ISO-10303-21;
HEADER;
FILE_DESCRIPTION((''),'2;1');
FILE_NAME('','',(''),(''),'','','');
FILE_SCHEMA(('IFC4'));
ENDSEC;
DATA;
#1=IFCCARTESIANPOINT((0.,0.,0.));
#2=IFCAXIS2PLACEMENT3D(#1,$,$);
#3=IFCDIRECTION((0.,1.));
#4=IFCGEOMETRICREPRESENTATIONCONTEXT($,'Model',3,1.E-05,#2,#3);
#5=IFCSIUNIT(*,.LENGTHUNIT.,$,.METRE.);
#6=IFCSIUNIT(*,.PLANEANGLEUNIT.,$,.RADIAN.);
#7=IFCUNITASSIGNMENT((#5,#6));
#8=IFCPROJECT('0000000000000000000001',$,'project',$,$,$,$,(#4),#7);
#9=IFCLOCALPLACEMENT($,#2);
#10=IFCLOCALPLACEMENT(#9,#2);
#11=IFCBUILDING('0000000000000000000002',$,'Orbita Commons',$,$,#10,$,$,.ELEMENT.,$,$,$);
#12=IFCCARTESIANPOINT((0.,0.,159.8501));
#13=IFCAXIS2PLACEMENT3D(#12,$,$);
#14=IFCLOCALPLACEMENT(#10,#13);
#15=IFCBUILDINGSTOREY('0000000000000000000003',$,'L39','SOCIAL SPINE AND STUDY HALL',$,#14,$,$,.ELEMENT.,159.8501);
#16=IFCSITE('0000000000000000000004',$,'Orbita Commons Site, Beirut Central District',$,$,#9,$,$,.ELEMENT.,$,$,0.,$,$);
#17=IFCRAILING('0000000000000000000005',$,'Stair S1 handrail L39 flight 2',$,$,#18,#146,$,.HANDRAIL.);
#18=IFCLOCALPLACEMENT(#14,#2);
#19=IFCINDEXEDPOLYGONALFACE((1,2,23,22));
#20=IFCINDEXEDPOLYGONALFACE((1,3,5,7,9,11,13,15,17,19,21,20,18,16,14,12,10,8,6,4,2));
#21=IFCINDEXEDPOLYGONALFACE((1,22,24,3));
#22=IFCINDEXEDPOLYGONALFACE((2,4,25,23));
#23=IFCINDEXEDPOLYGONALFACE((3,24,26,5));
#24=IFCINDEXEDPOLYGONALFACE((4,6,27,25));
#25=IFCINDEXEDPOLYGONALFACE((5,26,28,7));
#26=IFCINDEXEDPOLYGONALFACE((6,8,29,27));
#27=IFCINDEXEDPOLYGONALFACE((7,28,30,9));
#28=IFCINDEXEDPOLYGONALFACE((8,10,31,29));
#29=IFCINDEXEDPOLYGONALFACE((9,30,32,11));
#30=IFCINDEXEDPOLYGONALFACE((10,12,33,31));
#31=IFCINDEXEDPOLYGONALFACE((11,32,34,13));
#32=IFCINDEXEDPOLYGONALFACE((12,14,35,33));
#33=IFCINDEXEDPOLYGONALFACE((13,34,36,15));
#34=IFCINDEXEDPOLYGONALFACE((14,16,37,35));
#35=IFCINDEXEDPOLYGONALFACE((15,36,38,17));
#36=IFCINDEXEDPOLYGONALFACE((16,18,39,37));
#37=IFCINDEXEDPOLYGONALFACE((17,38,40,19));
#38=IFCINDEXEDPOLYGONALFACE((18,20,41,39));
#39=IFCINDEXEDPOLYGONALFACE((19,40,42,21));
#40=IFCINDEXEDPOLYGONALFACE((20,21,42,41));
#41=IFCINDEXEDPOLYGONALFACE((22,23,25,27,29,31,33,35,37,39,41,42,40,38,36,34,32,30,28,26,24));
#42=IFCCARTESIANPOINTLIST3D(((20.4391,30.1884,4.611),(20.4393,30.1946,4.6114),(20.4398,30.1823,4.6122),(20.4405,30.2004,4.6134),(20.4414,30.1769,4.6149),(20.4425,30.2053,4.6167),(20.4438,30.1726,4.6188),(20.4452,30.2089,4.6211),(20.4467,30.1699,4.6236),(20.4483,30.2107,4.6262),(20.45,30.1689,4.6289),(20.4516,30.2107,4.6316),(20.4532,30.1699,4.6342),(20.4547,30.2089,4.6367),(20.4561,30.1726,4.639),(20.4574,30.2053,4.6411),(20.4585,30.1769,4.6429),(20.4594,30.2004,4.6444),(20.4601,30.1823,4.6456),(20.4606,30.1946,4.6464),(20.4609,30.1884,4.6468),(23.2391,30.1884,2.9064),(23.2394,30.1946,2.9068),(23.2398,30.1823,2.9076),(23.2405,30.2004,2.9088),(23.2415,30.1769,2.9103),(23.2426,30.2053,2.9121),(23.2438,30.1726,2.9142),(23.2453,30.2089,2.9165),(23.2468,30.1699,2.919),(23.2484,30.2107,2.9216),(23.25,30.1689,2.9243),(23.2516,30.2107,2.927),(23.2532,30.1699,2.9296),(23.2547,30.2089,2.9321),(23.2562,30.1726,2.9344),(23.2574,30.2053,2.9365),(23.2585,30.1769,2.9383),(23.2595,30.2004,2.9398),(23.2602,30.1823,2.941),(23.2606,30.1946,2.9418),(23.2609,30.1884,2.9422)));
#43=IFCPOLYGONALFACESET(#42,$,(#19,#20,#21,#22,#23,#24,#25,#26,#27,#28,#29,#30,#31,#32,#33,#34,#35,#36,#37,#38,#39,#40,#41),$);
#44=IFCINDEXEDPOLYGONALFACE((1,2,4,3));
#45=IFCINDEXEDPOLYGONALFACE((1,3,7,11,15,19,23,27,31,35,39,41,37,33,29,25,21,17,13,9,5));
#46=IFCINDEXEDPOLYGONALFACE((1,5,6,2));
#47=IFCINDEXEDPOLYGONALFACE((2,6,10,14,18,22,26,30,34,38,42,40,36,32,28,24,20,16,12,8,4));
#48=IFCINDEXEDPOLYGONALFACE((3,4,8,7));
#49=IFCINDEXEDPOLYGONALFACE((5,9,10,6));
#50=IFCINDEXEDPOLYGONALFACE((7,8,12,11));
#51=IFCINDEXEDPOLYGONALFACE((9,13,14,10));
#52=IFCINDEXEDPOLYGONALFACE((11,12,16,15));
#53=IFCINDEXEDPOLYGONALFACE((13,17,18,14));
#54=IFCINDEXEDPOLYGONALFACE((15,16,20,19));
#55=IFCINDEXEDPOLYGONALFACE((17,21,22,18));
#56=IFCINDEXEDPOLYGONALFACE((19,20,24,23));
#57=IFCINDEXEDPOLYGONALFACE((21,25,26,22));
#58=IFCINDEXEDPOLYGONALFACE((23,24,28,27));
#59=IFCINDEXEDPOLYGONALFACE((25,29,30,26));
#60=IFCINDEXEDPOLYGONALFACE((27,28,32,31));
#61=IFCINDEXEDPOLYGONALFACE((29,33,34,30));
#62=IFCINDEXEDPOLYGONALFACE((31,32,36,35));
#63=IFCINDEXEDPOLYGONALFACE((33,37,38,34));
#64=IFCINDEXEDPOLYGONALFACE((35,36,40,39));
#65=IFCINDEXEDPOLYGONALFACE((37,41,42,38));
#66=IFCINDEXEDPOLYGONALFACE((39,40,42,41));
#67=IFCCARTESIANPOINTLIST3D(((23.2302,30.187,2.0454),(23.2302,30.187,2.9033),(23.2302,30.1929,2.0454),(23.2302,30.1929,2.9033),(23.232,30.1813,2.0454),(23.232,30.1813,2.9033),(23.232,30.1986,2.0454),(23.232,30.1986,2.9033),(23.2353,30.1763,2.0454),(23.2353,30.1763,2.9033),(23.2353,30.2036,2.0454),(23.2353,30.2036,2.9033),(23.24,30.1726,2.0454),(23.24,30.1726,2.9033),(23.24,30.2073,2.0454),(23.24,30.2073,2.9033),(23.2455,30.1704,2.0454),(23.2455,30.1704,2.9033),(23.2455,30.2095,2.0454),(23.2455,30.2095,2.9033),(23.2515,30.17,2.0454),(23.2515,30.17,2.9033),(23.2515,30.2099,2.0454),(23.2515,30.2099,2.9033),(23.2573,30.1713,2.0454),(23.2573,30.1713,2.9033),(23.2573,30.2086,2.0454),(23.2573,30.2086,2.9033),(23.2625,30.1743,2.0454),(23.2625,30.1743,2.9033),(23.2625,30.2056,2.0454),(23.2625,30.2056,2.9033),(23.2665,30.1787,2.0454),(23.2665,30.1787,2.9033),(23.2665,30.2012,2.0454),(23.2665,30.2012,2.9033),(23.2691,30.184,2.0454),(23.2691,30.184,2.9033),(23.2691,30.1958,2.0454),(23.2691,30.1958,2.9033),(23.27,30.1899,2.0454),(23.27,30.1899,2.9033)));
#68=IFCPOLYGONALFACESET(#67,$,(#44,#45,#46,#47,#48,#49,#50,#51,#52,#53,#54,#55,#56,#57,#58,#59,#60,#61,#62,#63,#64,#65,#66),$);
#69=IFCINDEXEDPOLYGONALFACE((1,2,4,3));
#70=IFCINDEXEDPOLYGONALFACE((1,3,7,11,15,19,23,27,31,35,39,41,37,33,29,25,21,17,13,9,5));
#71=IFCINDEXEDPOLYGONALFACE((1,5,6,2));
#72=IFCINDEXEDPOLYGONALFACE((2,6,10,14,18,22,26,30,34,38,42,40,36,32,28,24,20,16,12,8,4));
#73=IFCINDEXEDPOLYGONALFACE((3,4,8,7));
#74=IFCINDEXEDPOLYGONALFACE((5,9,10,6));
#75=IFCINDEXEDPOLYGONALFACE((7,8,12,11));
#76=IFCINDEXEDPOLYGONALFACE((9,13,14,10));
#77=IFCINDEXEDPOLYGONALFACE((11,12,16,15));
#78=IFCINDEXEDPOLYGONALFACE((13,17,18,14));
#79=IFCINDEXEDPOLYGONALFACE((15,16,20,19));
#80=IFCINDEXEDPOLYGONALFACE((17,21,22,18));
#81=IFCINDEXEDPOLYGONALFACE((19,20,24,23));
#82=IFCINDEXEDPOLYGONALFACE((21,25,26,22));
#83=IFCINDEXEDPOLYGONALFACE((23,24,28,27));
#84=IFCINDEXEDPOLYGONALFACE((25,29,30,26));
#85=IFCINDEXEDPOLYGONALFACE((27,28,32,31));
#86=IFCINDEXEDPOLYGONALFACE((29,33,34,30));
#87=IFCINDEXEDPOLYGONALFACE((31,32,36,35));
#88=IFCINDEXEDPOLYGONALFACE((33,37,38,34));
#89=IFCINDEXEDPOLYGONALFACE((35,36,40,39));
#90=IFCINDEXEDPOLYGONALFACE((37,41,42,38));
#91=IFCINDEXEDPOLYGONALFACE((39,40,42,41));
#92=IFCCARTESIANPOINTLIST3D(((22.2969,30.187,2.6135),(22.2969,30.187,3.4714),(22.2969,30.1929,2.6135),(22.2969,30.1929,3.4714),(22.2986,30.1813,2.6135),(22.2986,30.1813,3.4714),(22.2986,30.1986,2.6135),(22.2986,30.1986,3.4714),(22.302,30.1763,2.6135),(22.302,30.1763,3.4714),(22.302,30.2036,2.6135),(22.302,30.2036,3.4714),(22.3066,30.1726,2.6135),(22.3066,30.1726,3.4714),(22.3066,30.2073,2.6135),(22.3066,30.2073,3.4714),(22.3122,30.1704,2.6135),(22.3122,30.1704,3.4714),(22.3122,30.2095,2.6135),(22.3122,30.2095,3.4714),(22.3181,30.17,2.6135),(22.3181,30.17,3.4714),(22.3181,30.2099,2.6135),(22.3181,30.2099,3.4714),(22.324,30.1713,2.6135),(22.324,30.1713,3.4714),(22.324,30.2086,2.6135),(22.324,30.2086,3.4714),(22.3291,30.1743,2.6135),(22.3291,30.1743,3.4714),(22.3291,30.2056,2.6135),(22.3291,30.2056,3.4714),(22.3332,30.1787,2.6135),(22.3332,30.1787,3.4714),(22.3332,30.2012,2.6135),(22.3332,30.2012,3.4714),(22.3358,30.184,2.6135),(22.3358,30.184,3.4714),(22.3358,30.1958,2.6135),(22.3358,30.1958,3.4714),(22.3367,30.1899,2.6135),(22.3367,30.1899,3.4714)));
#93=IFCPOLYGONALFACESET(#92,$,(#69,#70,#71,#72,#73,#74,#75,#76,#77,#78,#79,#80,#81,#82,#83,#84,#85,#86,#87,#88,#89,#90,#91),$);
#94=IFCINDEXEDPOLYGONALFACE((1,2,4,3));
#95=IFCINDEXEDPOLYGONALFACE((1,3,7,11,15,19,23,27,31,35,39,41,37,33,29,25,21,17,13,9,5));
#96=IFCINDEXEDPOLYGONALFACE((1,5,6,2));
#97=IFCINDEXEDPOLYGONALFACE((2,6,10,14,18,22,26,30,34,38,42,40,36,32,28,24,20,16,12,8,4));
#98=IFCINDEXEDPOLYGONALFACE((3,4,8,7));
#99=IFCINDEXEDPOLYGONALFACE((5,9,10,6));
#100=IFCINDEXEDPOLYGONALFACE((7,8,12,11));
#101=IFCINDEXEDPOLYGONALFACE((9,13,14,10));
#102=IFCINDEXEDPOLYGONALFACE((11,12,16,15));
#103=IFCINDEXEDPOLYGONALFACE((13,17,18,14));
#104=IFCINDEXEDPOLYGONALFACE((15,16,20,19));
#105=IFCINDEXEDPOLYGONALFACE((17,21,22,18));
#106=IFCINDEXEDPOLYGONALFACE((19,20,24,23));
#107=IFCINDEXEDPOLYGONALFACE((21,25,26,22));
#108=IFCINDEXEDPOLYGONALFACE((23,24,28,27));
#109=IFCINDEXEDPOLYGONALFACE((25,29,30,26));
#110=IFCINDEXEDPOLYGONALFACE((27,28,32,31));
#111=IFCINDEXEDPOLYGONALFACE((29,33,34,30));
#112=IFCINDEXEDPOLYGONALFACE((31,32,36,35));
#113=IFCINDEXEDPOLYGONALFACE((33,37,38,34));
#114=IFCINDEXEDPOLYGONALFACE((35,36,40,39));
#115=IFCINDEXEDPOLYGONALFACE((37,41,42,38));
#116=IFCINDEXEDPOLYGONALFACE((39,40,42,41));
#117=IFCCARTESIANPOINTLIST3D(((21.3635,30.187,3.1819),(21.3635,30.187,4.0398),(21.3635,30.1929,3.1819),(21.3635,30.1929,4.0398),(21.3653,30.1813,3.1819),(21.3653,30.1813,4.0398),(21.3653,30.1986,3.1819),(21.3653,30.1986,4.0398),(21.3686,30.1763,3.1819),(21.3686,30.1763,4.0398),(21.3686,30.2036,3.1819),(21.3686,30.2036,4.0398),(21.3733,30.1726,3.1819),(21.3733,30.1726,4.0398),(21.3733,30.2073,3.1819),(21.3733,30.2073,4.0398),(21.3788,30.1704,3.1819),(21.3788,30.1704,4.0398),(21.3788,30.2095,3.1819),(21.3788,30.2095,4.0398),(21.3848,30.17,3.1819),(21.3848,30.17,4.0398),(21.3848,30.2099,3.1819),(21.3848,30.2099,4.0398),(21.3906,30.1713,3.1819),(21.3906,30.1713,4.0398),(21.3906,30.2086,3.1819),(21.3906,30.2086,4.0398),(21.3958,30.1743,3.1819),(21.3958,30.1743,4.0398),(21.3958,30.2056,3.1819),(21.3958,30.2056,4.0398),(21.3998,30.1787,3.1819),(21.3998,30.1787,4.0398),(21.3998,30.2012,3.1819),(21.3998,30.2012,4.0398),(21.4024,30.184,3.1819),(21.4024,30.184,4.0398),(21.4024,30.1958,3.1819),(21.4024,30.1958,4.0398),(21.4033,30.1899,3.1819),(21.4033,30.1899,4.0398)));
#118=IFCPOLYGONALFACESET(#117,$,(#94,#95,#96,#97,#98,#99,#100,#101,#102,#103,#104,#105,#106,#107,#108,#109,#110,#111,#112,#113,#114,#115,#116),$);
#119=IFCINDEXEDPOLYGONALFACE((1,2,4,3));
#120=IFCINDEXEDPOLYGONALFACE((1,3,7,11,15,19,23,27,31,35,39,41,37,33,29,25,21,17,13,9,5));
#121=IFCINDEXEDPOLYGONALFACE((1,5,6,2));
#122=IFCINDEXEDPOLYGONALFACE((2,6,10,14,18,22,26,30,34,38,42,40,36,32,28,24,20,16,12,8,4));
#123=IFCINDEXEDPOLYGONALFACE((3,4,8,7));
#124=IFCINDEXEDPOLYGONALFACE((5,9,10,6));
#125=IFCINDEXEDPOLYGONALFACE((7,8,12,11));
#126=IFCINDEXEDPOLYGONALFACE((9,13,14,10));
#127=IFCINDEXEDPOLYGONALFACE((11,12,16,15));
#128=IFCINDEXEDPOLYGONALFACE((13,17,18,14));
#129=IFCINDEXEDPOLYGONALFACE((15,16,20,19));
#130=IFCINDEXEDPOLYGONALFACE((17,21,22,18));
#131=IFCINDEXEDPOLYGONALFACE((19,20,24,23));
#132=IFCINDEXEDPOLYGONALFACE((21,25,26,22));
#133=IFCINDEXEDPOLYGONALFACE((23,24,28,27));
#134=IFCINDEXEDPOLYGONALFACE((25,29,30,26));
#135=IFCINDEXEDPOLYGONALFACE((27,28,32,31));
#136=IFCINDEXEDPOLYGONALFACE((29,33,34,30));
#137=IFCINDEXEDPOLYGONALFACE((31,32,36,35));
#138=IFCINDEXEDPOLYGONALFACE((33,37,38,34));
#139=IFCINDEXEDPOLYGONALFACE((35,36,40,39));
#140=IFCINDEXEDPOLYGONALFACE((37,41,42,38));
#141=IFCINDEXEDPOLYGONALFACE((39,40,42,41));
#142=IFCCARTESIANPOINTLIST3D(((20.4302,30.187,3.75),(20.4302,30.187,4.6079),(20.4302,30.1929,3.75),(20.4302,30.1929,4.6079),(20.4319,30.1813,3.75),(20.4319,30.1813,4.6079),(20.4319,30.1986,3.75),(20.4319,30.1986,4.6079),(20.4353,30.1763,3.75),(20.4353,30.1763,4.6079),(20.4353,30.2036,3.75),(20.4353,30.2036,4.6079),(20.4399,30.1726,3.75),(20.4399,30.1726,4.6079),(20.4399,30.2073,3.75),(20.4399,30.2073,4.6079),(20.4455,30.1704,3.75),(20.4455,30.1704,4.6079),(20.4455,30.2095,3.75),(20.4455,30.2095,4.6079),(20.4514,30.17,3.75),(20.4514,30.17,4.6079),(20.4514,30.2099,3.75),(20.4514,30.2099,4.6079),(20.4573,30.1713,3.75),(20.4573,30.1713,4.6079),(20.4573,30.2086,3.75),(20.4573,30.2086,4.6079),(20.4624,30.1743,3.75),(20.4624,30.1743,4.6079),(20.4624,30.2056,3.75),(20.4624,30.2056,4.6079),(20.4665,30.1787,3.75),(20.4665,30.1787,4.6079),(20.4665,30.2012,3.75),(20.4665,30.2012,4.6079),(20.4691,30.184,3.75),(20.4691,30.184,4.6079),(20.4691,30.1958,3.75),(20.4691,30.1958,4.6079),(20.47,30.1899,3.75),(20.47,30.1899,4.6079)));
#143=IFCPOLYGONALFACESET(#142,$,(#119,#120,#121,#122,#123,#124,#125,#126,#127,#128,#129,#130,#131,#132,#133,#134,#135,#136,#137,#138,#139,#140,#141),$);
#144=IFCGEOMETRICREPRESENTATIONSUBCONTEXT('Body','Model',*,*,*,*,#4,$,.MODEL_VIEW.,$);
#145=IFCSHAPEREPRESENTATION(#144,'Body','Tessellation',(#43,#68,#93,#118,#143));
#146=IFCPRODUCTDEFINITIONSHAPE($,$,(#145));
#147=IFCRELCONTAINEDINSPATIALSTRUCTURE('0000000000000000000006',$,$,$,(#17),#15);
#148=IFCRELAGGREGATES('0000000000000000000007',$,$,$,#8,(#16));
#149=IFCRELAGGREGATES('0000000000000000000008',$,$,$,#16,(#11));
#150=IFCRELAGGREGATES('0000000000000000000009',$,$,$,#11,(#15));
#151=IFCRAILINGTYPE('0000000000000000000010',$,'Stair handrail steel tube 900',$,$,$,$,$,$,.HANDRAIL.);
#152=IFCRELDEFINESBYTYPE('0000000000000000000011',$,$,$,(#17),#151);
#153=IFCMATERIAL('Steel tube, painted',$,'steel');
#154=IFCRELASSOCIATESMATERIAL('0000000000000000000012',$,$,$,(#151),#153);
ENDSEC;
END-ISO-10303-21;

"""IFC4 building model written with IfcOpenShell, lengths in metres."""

from ifc_helpers import new_model, si_unit, direction, frame, origin, origin_2d, place, context, subcontext, project, spatial, circle, extrude, material, type_object, element, save


model = new_model("IFC4")

# Units and contexts
model_context = context("Model", 3, precision=1e-05, world=origin(), true_north=direction((0.0, 1.0)))
body_context = subcontext(model_context, "Body", "Model", "MODEL_VIEW")
ifc_project = project(units=[si_unit("LENGTHUNIT", "METRE"), si_unit("PLANEANGLEUNIT", "RADIAN")], contexts=[model_context])

# Site, building, storey
site_placement = place(None, origin())
site = spatial("IfcSite", under=ifc_project, at=site_placement, Name="Orbita Commons Site, Beirut Central District", CompositionType="ELEMENT", RefElevation=0.0)
building_placement = place(site_placement, origin())
building = spatial("IfcBuilding", under=site, at=building_placement, Name="Orbita Commons", CompositionType="ELEMENT")
storey_placement = place(building_placement, frame((0.0, 0.0, 159.8501)))
storey = spatial("IfcBuildingStorey", under=building, at=storey_placement, Name="L39", Description="SOCIAL SPINE AND STUDY HALL", CompositionType="ELEMENT", Elevation=159.8501)

# Railing
ifc_material_1 = material(Name="Steel tube, painted", Category="steel")
railing_type = type_object("IfcRailingType", Name="Stair handrail steel tube 900", PredefinedType="HANDRAIL", material=ifc_material_1)
for number, where, name in (
    (1, (23.25, 30.1899, 2.0454), "Stair S1 handrail L39 flight 2"),
):
    element("IfcRailing", number, at=place(storey_placement, frame(where)), inside=storey, type_object=railing_type, Name=name, PredefinedType="HANDRAIL", context=body_context, shape_type="SweptSolid", body=[
        extrude(circle(Radius=0.021, at=origin_2d()), frame((0.0, 0.0, 0.8789), z_axis=(-0.85417, 0.0, 0.519994), x_axis=(0.0, -1.0, 0.0)), (0.0, 0.0, 1.0), 3.2781),
        extrude(circle(Radius=0.02, at=origin_2d()), origin(), (0.0, 0.0, 1.0), 0.8579),
        extrude(circle(Radius=0.02, at=origin_2d()), frame((-0.9333, 0.0, 0.5681)), (0.0, 0.0, 1.0), 0.8579),
        extrude(circle(Radius=0.02, at=origin_2d()), frame((-1.8667, 0.0, 1.1365)), (0.0, 0.0, 1.0), 0.8579),
        extrude(circle(Radius=0.02, at=origin_2d()), frame((-2.8, 0.0, 1.7046)), (0.0, 0.0, 1.0), 0.8579),
    ])

save(model, "model.ifc")
